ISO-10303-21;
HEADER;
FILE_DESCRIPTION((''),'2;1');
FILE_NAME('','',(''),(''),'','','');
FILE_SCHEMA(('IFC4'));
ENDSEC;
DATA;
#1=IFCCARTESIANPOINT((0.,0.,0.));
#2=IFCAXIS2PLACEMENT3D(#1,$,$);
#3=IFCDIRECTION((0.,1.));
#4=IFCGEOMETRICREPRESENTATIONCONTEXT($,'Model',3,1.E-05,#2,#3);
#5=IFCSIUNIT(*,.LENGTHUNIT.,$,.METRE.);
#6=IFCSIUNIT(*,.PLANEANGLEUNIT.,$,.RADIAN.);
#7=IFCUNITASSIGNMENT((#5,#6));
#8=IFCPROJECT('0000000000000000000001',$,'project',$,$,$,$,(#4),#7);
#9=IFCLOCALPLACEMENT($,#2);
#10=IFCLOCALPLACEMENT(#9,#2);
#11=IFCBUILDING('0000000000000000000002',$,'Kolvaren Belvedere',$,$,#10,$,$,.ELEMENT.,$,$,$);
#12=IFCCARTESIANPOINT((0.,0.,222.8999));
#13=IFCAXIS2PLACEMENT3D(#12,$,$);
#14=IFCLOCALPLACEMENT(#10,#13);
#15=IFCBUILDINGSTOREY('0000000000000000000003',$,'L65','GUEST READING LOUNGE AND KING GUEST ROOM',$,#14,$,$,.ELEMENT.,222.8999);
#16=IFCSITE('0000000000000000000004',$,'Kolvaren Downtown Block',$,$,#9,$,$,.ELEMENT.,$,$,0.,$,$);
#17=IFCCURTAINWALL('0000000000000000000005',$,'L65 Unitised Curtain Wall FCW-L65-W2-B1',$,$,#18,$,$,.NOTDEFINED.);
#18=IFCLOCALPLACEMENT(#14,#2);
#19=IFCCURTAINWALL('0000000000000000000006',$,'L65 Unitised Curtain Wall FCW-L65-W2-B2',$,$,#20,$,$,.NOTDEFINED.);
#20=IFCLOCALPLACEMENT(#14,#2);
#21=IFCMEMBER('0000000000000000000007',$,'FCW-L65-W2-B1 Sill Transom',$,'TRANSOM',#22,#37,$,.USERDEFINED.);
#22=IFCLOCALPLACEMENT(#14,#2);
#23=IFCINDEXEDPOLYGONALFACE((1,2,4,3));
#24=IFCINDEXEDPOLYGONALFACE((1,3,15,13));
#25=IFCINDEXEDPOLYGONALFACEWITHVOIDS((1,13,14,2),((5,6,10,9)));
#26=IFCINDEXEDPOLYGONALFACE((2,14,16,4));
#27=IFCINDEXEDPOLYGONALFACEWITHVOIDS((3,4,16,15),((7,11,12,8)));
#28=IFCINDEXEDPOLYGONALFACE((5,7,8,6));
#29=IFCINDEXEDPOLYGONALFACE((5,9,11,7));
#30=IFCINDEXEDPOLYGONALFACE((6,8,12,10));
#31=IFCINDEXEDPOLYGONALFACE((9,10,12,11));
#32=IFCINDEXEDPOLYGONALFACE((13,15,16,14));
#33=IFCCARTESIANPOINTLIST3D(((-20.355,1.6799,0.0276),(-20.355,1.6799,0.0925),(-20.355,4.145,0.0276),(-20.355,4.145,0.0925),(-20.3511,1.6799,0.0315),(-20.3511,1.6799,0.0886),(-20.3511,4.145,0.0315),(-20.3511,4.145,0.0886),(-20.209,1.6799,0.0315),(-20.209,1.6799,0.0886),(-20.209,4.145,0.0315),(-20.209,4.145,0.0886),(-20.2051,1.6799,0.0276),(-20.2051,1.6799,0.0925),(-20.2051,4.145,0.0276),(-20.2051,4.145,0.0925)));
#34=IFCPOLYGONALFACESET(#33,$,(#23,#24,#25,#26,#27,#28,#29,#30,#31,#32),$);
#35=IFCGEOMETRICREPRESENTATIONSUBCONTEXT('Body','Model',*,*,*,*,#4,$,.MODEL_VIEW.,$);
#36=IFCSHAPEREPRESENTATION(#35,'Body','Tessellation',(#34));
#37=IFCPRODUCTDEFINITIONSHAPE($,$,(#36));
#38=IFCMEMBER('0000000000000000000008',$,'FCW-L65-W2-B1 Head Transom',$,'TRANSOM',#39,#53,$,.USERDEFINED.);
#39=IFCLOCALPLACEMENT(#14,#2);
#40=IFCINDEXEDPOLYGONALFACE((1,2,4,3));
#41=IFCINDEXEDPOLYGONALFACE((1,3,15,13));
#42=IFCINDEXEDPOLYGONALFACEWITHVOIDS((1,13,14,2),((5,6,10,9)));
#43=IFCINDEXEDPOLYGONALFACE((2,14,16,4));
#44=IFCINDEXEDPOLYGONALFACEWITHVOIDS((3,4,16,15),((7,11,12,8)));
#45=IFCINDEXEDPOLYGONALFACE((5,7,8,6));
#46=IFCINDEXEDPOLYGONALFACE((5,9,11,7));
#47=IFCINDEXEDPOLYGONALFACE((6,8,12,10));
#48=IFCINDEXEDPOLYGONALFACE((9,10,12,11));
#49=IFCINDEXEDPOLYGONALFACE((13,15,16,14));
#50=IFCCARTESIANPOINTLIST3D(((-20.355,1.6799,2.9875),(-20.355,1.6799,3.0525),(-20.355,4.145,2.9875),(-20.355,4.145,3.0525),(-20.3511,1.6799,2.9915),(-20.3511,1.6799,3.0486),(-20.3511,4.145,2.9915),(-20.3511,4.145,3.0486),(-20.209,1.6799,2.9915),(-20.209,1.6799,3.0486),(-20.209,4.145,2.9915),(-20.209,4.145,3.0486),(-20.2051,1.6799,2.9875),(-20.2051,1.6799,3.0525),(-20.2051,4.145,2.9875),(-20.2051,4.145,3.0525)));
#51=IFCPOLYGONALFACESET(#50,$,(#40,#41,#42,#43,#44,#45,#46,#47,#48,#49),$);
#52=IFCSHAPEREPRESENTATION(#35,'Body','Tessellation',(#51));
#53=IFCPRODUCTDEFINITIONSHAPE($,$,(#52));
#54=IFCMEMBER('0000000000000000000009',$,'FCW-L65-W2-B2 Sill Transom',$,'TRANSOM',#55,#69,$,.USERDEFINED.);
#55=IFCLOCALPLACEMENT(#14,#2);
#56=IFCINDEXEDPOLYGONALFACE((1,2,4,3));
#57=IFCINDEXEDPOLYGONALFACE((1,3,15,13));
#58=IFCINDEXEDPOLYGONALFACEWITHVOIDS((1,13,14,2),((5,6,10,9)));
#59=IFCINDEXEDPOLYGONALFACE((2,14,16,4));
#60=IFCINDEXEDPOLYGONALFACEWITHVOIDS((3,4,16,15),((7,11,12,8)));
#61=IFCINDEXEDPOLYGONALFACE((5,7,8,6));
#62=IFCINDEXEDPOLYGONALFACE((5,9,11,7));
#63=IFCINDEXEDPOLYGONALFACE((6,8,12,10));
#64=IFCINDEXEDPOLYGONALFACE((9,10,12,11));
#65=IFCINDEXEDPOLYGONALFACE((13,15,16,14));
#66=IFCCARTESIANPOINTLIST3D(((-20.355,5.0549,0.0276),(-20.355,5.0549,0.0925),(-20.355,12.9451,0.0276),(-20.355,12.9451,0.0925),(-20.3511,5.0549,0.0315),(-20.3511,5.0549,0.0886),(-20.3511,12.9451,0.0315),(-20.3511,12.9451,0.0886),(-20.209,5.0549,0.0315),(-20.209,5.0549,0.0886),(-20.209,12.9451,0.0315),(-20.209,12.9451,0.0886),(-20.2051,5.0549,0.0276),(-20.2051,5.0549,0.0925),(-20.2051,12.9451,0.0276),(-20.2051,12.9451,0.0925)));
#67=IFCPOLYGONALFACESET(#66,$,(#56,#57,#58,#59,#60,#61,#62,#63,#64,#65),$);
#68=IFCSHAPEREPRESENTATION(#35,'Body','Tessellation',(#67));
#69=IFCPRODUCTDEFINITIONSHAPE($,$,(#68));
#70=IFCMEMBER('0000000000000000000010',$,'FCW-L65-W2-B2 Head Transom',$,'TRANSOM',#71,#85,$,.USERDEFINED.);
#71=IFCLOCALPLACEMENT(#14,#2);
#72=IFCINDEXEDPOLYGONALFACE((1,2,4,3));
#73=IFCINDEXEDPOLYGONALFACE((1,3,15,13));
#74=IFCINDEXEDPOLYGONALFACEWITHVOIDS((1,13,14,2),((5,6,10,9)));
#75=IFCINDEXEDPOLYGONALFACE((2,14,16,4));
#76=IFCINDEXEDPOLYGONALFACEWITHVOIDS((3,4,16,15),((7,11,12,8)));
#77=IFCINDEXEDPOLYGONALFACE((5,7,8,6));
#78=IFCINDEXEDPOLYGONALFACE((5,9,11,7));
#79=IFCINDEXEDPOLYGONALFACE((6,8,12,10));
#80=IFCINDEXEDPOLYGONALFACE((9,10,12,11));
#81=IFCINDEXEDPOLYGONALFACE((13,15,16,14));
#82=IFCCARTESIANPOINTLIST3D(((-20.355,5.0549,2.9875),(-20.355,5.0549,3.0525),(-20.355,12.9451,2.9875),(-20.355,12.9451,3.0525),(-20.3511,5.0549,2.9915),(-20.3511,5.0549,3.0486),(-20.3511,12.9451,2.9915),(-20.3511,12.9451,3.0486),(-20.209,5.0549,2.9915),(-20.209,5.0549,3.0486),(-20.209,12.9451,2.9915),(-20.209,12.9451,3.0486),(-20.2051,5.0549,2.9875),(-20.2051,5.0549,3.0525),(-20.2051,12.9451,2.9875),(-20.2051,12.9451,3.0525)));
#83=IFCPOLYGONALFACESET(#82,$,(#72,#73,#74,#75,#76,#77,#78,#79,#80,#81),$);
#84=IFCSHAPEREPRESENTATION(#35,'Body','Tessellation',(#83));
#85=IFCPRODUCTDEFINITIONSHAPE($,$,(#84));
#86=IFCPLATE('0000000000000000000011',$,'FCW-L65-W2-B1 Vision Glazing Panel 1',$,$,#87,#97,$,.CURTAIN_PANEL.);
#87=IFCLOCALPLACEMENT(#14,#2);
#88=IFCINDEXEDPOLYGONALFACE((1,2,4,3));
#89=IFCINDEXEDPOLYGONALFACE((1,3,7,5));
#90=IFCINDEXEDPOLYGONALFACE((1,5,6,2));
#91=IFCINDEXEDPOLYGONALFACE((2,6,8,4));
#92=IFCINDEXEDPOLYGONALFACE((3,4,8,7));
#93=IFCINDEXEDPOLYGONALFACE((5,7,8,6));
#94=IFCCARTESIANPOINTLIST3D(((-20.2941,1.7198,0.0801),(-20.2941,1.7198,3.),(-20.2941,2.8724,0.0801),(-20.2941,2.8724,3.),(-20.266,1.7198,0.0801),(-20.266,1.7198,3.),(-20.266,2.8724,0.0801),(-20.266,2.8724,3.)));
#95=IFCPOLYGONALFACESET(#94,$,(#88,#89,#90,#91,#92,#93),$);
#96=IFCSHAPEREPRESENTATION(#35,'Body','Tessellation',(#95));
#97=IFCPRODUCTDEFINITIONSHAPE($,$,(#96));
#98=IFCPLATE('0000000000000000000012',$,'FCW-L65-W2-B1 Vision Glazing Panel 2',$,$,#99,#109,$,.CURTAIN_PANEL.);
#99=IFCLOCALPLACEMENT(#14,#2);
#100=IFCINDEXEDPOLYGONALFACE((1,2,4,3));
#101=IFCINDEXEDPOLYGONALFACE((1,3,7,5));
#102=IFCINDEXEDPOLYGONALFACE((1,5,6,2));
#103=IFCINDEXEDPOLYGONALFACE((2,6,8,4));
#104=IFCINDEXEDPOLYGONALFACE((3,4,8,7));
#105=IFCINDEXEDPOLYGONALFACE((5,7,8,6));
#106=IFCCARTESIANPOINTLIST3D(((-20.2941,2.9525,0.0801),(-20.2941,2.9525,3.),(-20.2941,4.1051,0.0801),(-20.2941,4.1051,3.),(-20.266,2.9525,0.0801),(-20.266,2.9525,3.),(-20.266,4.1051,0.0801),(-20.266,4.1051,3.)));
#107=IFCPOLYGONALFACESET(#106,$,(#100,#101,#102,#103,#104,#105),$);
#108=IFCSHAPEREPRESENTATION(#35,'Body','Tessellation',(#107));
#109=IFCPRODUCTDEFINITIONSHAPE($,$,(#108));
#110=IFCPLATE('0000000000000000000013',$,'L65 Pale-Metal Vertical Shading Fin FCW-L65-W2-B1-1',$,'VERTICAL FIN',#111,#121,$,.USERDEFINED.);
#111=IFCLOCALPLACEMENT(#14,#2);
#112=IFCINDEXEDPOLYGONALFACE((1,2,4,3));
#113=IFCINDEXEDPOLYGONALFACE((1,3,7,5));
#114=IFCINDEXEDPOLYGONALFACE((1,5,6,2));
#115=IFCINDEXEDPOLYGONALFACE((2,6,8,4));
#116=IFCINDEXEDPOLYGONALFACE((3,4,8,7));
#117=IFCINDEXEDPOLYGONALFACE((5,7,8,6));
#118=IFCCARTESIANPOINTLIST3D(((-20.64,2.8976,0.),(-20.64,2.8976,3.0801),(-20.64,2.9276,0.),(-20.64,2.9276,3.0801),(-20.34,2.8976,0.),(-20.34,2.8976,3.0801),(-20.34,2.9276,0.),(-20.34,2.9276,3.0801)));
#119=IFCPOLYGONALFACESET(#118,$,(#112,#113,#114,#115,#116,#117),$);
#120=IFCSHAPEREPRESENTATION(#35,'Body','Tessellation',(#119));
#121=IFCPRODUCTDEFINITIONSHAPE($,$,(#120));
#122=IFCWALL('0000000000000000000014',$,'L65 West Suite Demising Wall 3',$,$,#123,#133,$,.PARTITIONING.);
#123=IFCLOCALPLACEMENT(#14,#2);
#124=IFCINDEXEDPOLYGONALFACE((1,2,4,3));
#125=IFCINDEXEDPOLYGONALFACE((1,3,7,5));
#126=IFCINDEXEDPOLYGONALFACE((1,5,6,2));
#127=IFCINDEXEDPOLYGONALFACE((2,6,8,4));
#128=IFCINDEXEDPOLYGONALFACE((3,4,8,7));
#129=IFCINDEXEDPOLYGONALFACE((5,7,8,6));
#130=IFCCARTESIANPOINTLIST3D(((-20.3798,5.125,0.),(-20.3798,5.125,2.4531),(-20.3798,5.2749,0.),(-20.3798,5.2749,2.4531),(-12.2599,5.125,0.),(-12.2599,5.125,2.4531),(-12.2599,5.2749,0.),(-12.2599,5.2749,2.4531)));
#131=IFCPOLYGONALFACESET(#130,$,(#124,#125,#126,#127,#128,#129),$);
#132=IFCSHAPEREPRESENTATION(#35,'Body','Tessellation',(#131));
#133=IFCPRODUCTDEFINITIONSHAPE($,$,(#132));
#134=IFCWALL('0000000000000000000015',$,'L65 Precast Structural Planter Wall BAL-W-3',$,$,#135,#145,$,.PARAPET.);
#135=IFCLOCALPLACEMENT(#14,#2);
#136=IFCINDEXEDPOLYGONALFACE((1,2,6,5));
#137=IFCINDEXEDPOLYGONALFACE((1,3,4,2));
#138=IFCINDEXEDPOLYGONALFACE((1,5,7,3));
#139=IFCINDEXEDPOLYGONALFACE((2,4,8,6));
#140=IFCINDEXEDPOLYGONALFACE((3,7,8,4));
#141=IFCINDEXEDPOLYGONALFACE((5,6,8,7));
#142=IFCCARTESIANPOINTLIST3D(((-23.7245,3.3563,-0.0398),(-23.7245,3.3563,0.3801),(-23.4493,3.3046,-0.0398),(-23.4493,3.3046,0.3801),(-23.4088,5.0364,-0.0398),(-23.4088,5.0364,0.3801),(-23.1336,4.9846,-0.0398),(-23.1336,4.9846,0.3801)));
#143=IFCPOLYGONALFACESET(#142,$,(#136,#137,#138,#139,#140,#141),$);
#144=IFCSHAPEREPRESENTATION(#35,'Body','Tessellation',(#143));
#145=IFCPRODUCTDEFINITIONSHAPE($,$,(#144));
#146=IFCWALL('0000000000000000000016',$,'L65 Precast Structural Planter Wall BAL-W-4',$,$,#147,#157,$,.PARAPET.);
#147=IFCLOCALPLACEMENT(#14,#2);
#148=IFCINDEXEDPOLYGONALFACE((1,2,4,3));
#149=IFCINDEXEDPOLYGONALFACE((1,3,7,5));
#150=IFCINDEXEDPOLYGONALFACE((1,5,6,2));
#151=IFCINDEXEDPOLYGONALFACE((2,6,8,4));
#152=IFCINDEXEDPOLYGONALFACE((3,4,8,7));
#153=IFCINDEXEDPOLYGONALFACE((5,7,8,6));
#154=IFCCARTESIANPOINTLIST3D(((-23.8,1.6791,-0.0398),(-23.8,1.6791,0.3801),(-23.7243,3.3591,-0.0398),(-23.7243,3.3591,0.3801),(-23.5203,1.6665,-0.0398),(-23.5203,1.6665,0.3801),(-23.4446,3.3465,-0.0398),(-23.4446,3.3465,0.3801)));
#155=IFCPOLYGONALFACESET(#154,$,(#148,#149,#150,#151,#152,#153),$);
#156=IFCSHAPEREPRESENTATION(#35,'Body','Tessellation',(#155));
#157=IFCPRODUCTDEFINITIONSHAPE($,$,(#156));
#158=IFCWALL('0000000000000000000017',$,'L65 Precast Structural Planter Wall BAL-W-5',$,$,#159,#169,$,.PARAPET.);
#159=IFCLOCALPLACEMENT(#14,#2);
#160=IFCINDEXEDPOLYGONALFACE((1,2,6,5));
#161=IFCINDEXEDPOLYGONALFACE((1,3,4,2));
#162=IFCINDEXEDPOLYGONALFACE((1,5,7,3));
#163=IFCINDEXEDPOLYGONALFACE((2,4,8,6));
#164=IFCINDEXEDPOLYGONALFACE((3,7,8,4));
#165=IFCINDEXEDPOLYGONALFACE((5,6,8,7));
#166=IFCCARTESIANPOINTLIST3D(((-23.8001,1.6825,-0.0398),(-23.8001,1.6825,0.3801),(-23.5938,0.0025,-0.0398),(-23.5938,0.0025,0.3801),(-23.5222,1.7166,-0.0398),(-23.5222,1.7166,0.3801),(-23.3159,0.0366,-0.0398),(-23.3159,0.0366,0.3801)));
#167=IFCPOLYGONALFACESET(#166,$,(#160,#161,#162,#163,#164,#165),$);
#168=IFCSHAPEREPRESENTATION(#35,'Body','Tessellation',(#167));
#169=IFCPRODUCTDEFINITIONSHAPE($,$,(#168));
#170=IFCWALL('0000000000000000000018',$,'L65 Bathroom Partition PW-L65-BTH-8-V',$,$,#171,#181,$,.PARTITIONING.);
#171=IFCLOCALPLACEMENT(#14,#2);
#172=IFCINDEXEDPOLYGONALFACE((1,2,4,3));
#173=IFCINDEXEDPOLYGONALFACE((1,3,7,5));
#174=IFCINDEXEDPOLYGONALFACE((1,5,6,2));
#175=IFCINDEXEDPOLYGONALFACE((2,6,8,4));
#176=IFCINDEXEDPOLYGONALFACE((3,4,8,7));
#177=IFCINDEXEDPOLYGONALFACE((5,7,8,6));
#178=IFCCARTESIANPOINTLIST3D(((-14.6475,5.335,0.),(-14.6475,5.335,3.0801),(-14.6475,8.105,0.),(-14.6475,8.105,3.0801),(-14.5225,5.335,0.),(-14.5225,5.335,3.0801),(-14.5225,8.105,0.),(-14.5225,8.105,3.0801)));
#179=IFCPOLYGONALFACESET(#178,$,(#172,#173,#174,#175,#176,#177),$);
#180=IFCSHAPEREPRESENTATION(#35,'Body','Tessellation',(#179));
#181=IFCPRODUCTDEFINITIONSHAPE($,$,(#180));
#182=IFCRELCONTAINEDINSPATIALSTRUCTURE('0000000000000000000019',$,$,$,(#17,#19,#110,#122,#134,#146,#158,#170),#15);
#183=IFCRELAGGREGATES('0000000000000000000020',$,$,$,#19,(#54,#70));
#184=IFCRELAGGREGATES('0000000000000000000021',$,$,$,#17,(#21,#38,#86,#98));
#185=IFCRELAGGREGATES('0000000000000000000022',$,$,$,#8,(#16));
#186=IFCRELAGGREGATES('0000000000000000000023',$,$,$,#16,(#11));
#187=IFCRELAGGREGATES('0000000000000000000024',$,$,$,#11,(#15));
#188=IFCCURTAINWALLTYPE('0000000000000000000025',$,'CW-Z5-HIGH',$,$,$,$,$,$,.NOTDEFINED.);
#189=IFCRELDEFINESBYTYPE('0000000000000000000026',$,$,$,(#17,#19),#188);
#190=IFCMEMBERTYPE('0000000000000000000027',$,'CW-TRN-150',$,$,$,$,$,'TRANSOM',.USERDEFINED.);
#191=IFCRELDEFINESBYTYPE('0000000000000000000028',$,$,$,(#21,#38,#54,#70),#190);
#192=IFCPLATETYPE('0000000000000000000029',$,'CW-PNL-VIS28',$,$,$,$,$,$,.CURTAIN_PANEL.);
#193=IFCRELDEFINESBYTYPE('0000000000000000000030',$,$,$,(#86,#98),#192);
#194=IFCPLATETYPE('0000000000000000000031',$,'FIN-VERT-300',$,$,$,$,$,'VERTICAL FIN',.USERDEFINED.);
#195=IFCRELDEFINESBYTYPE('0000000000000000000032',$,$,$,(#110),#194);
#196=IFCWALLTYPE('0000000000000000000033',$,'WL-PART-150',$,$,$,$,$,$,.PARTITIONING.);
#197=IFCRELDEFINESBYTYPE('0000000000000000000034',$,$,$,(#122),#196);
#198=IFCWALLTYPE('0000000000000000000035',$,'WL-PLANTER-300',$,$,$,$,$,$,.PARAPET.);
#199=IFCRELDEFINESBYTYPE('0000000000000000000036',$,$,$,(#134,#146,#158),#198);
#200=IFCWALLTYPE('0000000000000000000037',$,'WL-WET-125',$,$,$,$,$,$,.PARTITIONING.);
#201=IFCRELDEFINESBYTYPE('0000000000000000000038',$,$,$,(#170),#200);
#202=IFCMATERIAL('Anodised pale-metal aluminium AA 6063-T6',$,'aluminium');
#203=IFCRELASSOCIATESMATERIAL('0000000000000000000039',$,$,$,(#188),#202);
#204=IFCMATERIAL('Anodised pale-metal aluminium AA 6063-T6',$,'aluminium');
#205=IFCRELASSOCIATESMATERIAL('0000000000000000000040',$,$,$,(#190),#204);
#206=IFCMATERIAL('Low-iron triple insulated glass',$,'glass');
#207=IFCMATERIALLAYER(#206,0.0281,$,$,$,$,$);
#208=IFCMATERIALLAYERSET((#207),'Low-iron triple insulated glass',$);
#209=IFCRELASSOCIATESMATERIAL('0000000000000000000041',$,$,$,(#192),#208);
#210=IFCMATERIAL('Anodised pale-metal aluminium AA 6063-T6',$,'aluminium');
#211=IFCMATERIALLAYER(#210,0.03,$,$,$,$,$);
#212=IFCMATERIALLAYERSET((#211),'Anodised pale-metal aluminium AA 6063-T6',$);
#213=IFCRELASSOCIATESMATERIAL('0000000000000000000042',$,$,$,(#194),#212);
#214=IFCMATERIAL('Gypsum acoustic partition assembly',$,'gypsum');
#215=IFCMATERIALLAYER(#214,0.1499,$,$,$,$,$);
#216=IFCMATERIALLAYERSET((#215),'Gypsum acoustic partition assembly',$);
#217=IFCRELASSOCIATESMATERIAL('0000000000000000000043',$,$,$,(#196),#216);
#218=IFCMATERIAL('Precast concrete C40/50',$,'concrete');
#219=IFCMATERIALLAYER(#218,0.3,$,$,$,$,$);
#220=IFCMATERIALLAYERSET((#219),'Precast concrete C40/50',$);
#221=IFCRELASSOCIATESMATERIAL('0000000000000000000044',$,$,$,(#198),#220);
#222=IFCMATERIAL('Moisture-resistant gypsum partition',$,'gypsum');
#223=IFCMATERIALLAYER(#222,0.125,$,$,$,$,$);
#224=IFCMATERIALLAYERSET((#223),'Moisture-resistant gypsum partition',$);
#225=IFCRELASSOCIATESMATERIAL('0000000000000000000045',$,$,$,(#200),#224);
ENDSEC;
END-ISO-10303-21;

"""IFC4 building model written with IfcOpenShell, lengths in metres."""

from ifc_helpers import new_model, si_unit, direction, frame, frame_2d, origin, origin_2d, place, context, subcontext, project, spatial, rectangle, hollow_rectangle, extrude, material, layer, layer_set, material_profile, profile_set, type_object, element, aggregate, save


model = new_model("IFC4")

# Units and contexts
model_context = context("Model", 3, precision=1e-05, world=origin(), true_north=direction((0.0, 1.0)))
body_context = subcontext(model_context, "Body", "Model", "MODEL_VIEW")
ifc_project = project(units=[si_unit("LENGTHUNIT", "METRE"), si_unit("PLANEANGLEUNIT", "RADIAN")], contexts=[model_context])

# Site, building, storey
site_placement = place(None, origin())
site = spatial("IfcSite", under=ifc_project, at=site_placement, Name="Kolvaren Downtown Block", CompositionType="ELEMENT", RefElevation=0.0)
building_placement = place(site_placement, origin())
building = spatial("IfcBuilding", under=site, at=building_placement, Name="Kolvaren Belvedere", CompositionType="ELEMENT")
storey_placement = place(building_placement, frame((0.0, 0.0, 222.8999)))
storey = spatial("IfcBuildingStorey", under=building, at=storey_placement, Name="L65", Description="GUEST READING LOUNGE AND KING GUEST ROOM", CompositionType="ELEMENT", Elevation=222.8999)

# Curtain wall
ifc_material_1 = material(Name="Anodised pale-metal aluminium AA 6063-T6", Category="aluminium")
curtain_wall_type = type_object("IfcCurtainWallType", Name="CW-Z5-HIGH", PredefinedType="NOTDEFINED", material=ifc_material_1)
curtain_wall_1_placement = place(storey_placement, origin())
curtain_wall_1 = element("IfcCurtainWall", 1, at=curtain_wall_1_placement, inside=storey, type_object=curtain_wall_type, Name="L65 Unitised Curtain Wall FCW-L65-W2-B1", PredefinedType="NOTDEFINED")

# Curtain wall
curtain_wall_2_placement = place(storey_placement, origin())
curtain_wall_2 = element("IfcCurtainWall", 2, at=curtain_wall_2_placement, inside=storey, type_object=curtain_wall_type, Name="L65 Unitised Curtain Wall FCW-L65-W2-B2", PredefinedType="NOTDEFINED")

# Members
ifc_material_2 = material(Name="Anodised pale-metal aluminium AA 6063-T6", Category="aluminium")
ifc_material_profile_1 = material_profile(ifc_material_2, hollow_rectangle(XDim=0.0649, YDim=0.1499, WallThickness=0.0039, at=origin_2d()), Name="ALU-TRN-150X65")
ifc_profile_set_1 = profile_set([ifc_material_profile_1], Name="Anodised pale-metal aluminium AA 6063-T6")
member_type_1 = type_object("IfcMemberType", Name="CW-TRN-150", ElementType="TRANSOM", PredefinedType="USERDEFINED", material=ifc_profile_set_1)
member_1_placement = place(storey_placement, frame((-20.28, 1.6799, 0.0601), z_axis=(0.0, 1.0, 0.0), x_axis=(0.0, 0.0, 1.0)))
member_1 = element("IfcMember", 3, at=member_1_placement, type_object=member_type_1, Name="FCW-L65-W2-B1 Sill Transom", ObjectType="TRANSOM", PredefinedType="USERDEFINED", context=body_context, shape_type="SweptSolid", body=[
    extrude(hollow_rectangle(XDim=0.0649, YDim=0.1499, WallThickness=0.0039, at=origin_2d()), origin(), (0.0, 0.0, 1.0), 2.4651),
])
member_2_placement = place(storey_placement, frame((-20.28, 1.6799, 3.02), z_axis=(0.0, 1.0, 0.0), x_axis=(0.0, 0.0, 1.0)))
member_2 = element("IfcMember", 4, at=member_2_placement, type_object=member_type_1, Name="FCW-L65-W2-B1 Head Transom", ObjectType="TRANSOM", PredefinedType="USERDEFINED", context=body_context, shape_type="SweptSolid", body=[
    extrude(hollow_rectangle(XDim=0.0649, YDim=0.1499, WallThickness=0.0039, at=origin_2d()), origin(), (0.0, 0.0, 1.0), 2.4651),
])
member_3_placement = place(storey_placement, frame((-20.28, 5.0549, 0.0601), z_axis=(0.0, 1.0, 0.0), x_axis=(0.0, 0.0, 1.0)))
member_3 = element("IfcMember", 5, at=member_3_placement, type_object=member_type_1, Name="FCW-L65-W2-B2 Sill Transom", ObjectType="TRANSOM", PredefinedType="USERDEFINED", context=body_context, shape_type="SweptSolid", body=[
    extrude(hollow_rectangle(XDim=0.0649, YDim=0.1499, WallThickness=0.0039, at=origin_2d()), origin(), (0.0, 0.0, 1.0), 7.8901),
])
member_4_placement = place(storey_placement, frame((-20.28, 5.0549, 3.02), z_axis=(0.0, 1.0, 0.0), x_axis=(0.0, 0.0, 1.0)))
member_4 = element("IfcMember", 6, at=member_4_placement, type_object=member_type_1, Name="FCW-L65-W2-B2 Head Transom", ObjectType="TRANSOM", PredefinedType="USERDEFINED", context=body_context, shape_type="SweptSolid", body=[
    extrude(hollow_rectangle(XDim=0.0649, YDim=0.1499, WallThickness=0.0039, at=origin_2d()), origin(), (0.0, 0.0, 1.0), 7.8901),
])
aggregate(curtain_wall_2, [member_3, member_4])

# Plates
ifc_material_3 = material(Name="Low-iron triple insulated glass", Category="glass")
ifc_layer_1 = layer(ifc_material_3, 0.0281)
ifc_layer_set_1 = layer_set([ifc_layer_1], Name="Low-iron triple insulated glass")
plate_type_1 = type_object("IfcPlateType", Name="CW-PNL-VIS28", PredefinedType="CURTAIN_PANEL", material=ifc_layer_set_1)
plate_1_placement = place(storey_placement, frame((-20.28, 2.2961, 0.0801), z_axis=(0.0, 0.0, 1.0), x_axis=(0.0, 1.0, 0.0)))
plate_1 = element("IfcPlate", 7, at=plate_1_placement, type_object=plate_type_1, Name="FCW-L65-W2-B1 Vision Glazing Panel 1", PredefinedType="CURTAIN_PANEL", context=body_context, shape_type="SweptSolid", body=[
    extrude(rectangle(XDim=1.1526, YDim=0.0281, at=origin_2d()), origin(), (0.0, 0.0, 1.0), 2.9199),
])
plate_2_placement = place(storey_placement, frame((-20.28, 3.5288, 0.0801), z_axis=(0.0, 0.0, 1.0), x_axis=(0.0, 1.0, 0.0)))
plate_2 = element("IfcPlate", 8, at=plate_2_placement, type_object=plate_type_1, Name="FCW-L65-W2-B1 Vision Glazing Panel 2", PredefinedType="CURTAIN_PANEL", context=body_context, shape_type="SweptSolid", body=[
    extrude(rectangle(XDim=1.1526, YDim=0.0281, at=origin_2d()), origin(), (0.0, 0.0, 1.0), 2.9199),
])
aggregate(curtain_wall_1, [member_1, member_2, plate_1, plate_2])
ifc_material_4 = material(Name="Anodised pale-metal aluminium AA 6063-T6", Category="aluminium")
ifc_layer_2 = layer(ifc_material_4, 0.03)
ifc_layer_set_2 = layer_set([ifc_layer_2], Name="Anodised pale-metal aluminium AA 6063-T6")
plate_type_2 = type_object("IfcPlateType", Name="FIN-VERT-300", ElementType="VERTICAL FIN", PredefinedType="USERDEFINED", material=ifc_layer_set_2)
plate_3_placement = place(storey_placement, frame((-20.49, 2.9126, 0.0), z_axis=(0.0, 0.0, 1.0), x_axis=(1.0, 0.0, 0.0)))
element("IfcPlate", 9, at=plate_3_placement, inside=storey, type_object=plate_type_2, Name="L65 Pale-Metal Vertical Shading Fin FCW-L65-W2-B1-1", ObjectType="VERTICAL FIN", PredefinedType="USERDEFINED", context=body_context, shape_type="SweptSolid", body=[
    extrude(rectangle(XDim=0.3, YDim=0.03, at=origin_2d()), origin(), (0.0, 0.0, 1.0), 3.0801),
])

# Walls
ifc_material_5 = material(Name="Gypsum acoustic partition assembly", Category="gypsum")
ifc_layer_3 = layer(ifc_material_5, 0.1499)
ifc_layer_set_3 = layer_set([ifc_layer_3], Name="Gypsum acoustic partition assembly")
wall_type_1 = type_object("IfcWallType", Name="WL-PART-150", PredefinedType="PARTITIONING", material=ifc_layer_set_3)
wall_1_placement = place(storey_placement, frame((-20.3799, 5.2, 0.0), z_axis=(0.0, 0.0, 1.0), x_axis=(1.0, 0.0, 0.0)))
element("IfcWall", 10, at=wall_1_placement, inside=storey, type_object=wall_type_1, Name="L65 West Suite Demising Wall 3", PredefinedType="PARTITIONING", context=body_context, shape_type="SweptSolid", body=[
    extrude(rectangle(XDim=8.1199, YDim=0.1499, at=frame_2d((4.0601, 0.0))), origin(), (0.0, 0.0, 1.0), 2.4531),
])
ifc_material_6 = material(Name="Precast concrete C40/50", Category="concrete")
ifc_layer_4 = layer(ifc_material_6, 0.3)
ifc_layer_set_4 = layer_set([ifc_layer_4], Name="Precast concrete C40/50")
wall_type_2 = type_object("IfcWallType", Name="WL-PLANTER-300", PredefinedType="PARAPET", material=ifc_layer_set_4)
wall_2_placement = place(storey_placement, frame((-23.2712, 5.0105, -0.0398), z_axis=(0.0, 0.0, 1.0), x_axis=(-0.184651, -0.982804, 0.0)))
element("IfcWall", 11, at=wall_2_placement, inside=storey, type_object=wall_type_2, Name="L65 Precast Structural Planter Wall BAL-W-3", PredefinedType="PARAPET", context=body_context, shape_type="SweptSolid", body=[
    extrude(rectangle(XDim=1.7095, YDim=0.28, at=frame_2d((0.8547, 0.0))), origin(), (0.0, 0.0, 1.0), 0.4199),
])
wall_3_placement = place(storey_placement, frame((-23.5845, 3.3528, -0.0398), z_axis=(0.0, 0.0, 1.0), x_axis=(-0.045006, -0.998987, 0.0)))
element("IfcWall", 12, at=wall_3_placement, inside=storey, type_object=wall_type_2, Name="L65 Precast Structural Planter Wall BAL-W-4", PredefinedType="PARAPET", context=body_context, shape_type="SweptSolid", body=[
    extrude(rectangle(XDim=1.6816, YDim=0.28, at=frame_2d((0.8408, 0.0))), origin(), (0.0, 0.0, 1.0), 0.4199),
])
wall_4_placement = place(storey_placement, frame((-23.6611, 1.6995, -0.0398), z_axis=(0.0, 0.0, 1.0), x_axis=(0.121886, -0.992544, 0.0)))
element("IfcWall", 13, at=wall_4_placement, inside=storey, type_object=wall_type_2, Name="L65 Precast Structural Planter Wall BAL-W-5", PredefinedType="PARAPET", context=body_context, shape_type="SweptSolid", body=[
    extrude(rectangle(XDim=1.6926, YDim=0.28, at=frame_2d((0.8462, 0.0))), origin(), (0.0, 0.0, 1.0), 0.4199),
])
ifc_material_7 = material(Name="Moisture-resistant gypsum partition", Category="gypsum")
ifc_layer_5 = layer(ifc_material_7, 0.125)
ifc_layer_set_5 = layer_set([ifc_layer_5], Name="Moisture-resistant gypsum partition")
wall_type_3 = type_object("IfcWallType", Name="WL-WET-125", PredefinedType="PARTITIONING", material=ifc_layer_set_5)
wall_5_placement = place(storey_placement, frame((-14.585, 5.335, 0.0), z_axis=(0.0, 0.0, 1.0), x_axis=(0.0, 1.0, 0.0)))
element("IfcWall", 14, at=wall_5_placement, inside=storey, type_object=wall_type_3, Name="L65 Bathroom Partition PW-L65-BTH-8-V", PredefinedType="PARTITIONING", context=body_context, shape_type="SweptSolid", body=[
    extrude(rectangle(XDim=2.77, YDim=0.125, at=frame_2d((1.385, 0.0))), origin(), (0.0, 0.0, 1.0), 3.0801),
])

save(model, "model.ifc")
